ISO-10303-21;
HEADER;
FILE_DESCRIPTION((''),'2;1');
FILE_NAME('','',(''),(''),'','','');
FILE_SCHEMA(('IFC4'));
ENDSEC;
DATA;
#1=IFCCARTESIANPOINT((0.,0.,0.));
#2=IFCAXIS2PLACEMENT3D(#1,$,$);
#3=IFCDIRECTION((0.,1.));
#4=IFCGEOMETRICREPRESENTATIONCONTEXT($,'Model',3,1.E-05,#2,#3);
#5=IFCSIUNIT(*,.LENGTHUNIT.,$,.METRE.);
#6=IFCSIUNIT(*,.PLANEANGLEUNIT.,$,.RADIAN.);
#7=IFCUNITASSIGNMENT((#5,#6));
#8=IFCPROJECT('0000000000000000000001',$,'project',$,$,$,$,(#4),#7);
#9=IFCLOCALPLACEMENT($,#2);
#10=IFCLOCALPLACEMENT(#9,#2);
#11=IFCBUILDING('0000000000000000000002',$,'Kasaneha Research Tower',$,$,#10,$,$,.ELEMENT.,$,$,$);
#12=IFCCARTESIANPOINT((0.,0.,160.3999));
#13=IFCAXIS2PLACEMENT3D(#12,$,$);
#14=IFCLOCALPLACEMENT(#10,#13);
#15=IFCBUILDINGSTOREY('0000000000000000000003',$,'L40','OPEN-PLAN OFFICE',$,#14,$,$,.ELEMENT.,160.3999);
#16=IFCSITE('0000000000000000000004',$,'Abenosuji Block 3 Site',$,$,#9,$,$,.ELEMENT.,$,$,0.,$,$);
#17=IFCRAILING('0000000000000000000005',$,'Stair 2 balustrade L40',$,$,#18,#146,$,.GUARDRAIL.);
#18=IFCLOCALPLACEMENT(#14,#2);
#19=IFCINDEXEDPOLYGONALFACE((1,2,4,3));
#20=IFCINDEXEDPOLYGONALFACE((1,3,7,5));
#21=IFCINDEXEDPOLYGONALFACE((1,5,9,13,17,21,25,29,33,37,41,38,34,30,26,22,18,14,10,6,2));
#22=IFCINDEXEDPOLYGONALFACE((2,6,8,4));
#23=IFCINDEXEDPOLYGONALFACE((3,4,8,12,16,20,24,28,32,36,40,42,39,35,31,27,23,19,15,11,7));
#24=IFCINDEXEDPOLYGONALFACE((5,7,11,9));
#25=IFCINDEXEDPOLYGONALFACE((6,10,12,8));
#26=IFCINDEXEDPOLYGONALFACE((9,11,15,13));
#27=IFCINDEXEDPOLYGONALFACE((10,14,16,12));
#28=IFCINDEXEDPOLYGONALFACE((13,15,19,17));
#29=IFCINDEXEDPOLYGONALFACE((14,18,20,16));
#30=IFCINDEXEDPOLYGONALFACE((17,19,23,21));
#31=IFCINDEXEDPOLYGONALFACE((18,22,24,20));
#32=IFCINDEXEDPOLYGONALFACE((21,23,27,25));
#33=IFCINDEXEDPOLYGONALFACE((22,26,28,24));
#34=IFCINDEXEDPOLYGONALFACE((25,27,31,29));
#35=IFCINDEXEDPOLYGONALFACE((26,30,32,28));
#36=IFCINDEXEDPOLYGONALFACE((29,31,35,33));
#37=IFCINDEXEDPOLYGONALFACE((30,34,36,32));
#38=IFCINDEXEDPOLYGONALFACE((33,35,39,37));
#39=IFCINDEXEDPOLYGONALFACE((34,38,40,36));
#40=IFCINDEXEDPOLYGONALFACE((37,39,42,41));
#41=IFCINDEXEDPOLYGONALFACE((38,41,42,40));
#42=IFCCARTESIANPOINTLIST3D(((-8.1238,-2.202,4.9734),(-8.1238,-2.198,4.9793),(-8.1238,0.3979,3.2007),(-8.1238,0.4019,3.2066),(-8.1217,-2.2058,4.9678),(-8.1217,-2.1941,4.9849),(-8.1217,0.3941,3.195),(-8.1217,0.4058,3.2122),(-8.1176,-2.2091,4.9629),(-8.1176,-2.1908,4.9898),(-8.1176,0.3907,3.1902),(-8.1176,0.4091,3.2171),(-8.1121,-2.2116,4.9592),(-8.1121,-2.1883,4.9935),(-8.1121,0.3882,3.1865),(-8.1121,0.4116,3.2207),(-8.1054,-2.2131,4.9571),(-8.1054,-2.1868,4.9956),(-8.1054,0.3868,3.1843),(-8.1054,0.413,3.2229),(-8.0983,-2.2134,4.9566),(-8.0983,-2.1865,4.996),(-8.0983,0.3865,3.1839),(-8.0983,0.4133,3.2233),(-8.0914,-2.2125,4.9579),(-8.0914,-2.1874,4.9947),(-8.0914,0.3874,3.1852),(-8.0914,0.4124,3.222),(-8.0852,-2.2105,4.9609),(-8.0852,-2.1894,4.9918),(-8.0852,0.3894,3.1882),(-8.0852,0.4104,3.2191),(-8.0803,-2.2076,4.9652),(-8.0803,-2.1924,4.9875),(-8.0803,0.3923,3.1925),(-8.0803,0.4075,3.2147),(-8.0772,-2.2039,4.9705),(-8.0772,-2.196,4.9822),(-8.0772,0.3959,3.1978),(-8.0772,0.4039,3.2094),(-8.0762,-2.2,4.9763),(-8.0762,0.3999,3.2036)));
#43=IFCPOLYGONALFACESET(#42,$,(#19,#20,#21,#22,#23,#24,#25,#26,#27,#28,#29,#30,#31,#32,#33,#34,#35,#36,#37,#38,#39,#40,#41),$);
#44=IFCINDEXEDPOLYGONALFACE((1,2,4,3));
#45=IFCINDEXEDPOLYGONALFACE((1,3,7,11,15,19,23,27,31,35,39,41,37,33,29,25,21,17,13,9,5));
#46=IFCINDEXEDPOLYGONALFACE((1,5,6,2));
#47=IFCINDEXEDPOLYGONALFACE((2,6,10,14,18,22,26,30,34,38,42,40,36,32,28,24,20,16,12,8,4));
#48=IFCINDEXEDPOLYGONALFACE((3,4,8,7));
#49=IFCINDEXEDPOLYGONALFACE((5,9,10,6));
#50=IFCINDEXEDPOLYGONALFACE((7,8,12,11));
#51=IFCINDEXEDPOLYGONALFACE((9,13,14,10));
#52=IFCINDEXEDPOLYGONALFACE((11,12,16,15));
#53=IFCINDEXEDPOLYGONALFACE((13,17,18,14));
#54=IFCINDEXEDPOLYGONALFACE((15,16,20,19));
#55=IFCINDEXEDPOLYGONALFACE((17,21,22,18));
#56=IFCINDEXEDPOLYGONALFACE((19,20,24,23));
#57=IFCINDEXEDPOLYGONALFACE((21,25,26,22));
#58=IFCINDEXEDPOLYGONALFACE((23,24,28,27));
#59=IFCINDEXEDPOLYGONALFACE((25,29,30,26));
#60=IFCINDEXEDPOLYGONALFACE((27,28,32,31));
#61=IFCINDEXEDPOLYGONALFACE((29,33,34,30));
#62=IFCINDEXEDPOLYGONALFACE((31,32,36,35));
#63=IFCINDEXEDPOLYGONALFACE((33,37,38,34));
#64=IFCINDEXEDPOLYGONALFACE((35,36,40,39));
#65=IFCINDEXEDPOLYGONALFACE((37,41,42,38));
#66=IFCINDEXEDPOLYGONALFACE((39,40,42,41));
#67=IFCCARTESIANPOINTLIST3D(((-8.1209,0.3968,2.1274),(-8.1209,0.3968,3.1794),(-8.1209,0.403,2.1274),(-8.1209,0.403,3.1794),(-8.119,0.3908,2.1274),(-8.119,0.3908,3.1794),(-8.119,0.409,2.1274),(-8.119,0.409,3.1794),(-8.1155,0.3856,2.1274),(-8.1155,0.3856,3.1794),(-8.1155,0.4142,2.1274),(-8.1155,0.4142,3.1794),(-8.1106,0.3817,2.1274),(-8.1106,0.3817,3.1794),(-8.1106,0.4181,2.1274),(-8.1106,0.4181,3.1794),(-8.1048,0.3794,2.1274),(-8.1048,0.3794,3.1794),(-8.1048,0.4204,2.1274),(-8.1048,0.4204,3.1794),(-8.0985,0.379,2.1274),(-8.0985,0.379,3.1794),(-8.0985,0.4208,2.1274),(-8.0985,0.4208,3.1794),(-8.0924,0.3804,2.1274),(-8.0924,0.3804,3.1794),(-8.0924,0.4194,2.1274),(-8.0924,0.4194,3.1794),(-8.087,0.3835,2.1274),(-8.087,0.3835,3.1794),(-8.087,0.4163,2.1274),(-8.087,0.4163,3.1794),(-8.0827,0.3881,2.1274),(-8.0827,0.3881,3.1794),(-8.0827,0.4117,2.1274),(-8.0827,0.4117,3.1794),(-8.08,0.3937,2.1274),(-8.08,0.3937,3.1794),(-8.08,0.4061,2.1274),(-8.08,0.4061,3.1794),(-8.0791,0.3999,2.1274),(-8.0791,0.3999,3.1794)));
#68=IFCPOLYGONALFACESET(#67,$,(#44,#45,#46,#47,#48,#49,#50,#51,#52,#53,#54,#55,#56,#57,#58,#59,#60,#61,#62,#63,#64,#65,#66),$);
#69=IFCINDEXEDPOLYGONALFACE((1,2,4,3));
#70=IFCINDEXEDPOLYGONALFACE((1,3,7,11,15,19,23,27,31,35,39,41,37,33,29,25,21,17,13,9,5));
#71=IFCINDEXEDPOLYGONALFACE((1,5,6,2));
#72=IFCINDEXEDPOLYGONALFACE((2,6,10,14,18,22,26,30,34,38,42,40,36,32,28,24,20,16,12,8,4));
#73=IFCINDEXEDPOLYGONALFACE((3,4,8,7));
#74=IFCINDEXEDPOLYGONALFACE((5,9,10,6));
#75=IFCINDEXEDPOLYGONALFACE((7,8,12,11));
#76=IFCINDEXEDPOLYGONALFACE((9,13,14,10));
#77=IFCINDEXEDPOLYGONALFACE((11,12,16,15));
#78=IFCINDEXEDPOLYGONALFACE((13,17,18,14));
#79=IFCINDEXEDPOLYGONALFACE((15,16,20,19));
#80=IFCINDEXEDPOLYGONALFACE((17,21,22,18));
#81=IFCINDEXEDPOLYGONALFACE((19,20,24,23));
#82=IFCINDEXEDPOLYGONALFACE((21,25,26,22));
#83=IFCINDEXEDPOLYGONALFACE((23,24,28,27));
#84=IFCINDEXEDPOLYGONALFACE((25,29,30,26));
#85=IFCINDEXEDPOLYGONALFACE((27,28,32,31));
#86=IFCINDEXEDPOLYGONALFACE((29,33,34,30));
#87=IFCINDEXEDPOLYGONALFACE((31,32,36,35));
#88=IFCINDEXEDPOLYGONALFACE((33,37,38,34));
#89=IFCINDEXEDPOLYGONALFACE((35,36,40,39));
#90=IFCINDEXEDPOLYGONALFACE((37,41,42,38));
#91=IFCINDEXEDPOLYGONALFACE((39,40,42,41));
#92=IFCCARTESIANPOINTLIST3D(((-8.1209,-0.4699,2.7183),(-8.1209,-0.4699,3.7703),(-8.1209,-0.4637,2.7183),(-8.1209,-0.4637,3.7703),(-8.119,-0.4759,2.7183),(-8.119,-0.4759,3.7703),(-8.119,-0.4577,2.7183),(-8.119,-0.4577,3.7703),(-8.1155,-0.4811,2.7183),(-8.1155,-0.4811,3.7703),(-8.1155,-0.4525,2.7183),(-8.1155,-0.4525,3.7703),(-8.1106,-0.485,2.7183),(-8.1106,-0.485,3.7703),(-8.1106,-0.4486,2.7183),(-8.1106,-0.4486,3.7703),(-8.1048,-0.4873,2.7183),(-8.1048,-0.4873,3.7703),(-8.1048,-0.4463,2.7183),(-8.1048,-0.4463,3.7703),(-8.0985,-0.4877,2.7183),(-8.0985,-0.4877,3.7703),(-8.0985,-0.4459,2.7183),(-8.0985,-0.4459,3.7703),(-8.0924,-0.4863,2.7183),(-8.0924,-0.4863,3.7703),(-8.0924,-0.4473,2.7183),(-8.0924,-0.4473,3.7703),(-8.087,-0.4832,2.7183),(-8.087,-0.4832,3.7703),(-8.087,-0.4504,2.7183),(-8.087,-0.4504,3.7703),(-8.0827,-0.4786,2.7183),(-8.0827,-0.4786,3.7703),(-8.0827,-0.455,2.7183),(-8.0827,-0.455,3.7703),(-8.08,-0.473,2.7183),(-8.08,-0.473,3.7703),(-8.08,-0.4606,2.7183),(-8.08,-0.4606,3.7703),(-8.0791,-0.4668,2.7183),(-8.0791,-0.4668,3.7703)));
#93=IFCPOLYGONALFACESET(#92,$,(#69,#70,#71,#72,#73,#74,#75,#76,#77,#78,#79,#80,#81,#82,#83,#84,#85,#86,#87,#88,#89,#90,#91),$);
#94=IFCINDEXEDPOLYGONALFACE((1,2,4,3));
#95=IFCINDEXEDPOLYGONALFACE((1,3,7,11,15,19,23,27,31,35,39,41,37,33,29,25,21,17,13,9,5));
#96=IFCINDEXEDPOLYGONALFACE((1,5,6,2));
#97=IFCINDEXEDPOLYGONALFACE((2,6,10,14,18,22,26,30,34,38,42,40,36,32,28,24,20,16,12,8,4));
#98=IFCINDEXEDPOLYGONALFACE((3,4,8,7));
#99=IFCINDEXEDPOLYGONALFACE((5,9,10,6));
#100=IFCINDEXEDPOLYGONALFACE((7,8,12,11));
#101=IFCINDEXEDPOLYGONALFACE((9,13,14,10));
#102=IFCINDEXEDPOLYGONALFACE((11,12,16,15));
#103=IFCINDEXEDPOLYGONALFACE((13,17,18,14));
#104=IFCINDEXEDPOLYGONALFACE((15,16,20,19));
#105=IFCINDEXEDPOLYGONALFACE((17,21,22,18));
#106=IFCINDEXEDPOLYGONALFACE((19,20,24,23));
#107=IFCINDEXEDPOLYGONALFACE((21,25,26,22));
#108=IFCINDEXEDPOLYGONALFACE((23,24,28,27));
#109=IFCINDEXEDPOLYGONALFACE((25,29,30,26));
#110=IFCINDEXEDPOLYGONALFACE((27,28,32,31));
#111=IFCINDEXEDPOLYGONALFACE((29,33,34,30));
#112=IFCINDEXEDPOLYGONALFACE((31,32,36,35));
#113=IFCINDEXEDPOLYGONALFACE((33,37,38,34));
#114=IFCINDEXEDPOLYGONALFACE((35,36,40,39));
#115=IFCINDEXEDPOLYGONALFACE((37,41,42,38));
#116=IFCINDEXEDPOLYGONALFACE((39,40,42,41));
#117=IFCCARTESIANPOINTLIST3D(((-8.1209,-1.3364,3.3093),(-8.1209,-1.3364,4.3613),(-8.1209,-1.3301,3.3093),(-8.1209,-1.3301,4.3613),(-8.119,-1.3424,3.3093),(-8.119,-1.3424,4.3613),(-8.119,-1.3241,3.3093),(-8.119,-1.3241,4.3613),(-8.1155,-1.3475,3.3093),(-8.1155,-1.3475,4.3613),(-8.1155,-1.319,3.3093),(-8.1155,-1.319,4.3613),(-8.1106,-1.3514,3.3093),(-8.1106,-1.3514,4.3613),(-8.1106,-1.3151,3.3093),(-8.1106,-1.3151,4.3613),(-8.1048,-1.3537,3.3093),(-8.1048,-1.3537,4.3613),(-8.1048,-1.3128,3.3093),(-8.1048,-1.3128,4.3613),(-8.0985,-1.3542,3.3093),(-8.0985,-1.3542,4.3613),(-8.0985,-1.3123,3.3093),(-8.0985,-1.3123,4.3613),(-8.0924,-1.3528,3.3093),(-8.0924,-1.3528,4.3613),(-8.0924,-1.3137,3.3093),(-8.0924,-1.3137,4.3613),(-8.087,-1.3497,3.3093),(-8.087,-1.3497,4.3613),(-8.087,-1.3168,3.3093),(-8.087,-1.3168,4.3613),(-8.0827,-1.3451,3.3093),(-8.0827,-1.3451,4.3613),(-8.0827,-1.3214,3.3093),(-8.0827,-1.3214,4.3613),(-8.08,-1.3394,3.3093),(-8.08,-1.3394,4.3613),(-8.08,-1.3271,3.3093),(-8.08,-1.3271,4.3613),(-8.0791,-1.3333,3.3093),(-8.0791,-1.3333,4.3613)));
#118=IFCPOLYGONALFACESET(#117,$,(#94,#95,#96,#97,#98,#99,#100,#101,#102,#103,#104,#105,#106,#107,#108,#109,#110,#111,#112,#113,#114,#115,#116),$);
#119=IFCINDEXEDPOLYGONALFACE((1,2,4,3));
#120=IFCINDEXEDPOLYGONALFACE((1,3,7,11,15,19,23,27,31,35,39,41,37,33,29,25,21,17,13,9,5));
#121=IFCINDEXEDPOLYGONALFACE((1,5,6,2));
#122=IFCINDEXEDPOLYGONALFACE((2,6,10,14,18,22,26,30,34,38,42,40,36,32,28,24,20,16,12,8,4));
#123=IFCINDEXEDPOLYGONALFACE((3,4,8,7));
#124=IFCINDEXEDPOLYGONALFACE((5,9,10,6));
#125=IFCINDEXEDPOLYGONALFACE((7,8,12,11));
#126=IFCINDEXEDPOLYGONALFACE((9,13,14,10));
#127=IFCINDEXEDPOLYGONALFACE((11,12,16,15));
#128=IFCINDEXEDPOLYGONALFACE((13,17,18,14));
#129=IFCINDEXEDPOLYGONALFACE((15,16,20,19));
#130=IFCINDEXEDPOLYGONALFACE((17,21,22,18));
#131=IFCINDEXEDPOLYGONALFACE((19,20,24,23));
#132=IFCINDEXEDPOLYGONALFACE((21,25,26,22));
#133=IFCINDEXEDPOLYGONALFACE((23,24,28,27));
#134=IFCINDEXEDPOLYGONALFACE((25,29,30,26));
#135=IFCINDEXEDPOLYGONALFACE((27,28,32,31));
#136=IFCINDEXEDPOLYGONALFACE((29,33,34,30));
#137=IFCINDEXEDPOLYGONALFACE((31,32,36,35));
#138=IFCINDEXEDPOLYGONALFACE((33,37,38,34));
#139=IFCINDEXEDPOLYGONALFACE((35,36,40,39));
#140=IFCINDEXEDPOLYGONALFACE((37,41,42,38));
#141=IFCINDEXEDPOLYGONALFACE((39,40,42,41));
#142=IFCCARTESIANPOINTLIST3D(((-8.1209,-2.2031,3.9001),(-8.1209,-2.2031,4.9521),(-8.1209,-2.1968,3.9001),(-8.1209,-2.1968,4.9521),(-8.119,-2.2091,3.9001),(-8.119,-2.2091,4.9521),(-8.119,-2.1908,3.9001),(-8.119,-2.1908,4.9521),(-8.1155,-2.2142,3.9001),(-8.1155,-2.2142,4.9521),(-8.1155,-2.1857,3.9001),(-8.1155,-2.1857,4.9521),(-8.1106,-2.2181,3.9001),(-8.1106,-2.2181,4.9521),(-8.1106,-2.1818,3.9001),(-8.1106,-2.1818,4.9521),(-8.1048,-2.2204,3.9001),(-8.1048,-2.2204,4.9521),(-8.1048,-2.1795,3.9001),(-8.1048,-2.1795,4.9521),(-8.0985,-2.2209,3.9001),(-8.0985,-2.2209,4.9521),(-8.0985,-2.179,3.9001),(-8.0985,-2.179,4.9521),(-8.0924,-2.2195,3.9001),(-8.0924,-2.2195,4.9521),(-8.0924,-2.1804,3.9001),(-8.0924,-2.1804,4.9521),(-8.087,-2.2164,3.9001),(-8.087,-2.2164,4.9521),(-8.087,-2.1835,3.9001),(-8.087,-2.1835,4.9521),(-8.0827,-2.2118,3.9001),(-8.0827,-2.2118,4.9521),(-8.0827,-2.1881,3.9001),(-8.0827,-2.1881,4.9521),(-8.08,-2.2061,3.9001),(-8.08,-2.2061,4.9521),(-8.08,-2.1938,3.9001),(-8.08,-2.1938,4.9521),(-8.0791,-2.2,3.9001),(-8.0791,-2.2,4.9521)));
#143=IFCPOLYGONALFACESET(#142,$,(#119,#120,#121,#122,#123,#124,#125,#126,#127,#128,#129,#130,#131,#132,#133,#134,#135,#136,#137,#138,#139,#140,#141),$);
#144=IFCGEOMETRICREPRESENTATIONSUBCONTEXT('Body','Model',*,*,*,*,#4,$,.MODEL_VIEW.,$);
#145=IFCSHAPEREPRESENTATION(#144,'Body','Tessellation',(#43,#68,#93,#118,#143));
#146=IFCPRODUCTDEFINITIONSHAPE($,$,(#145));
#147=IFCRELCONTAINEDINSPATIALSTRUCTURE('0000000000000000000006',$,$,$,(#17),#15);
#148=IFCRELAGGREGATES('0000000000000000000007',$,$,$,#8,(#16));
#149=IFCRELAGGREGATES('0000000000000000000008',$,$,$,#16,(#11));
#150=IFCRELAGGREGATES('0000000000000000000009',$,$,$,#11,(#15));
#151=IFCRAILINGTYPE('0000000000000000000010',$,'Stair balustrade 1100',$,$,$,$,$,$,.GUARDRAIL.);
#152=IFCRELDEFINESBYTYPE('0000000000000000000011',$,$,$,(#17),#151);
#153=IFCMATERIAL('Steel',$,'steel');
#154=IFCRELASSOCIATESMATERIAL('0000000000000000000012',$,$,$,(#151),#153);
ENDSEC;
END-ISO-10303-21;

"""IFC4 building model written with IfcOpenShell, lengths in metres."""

from ifc_helpers import new_model, si_unit, direction, frame, origin, origin_2d, place, context, subcontext, project, spatial, circle, extrude, material, type_object, element, save


model = new_model("IFC4")

# Units and contexts
model_context = context("Model", 3, precision=1e-05, world=origin(), true_north=direction((0.0, 1.0)))
body_context = subcontext(model_context, "Body", "Model", "MODEL_VIEW")
ifc_project = project(units=[si_unit("LENGTHUNIT", "METRE"), si_unit("PLANEANGLEUNIT", "RADIAN")], contexts=[model_context])

# Site, building, storey
site_placement = place(None, origin())
site = spatial("IfcSite", under=ifc_project, at=site_placement, Name="Abenosuji Block 3 Site", CompositionType="ELEMENT", RefElevation=0.0)
building_placement = place(site_placement, origin())
building = spatial("IfcBuilding", under=site, at=building_placement, Name="Kasaneha Research Tower", CompositionType="ELEMENT")
storey_placement = place(building_placement, frame((0.0, 0.0, 160.3999)))
storey = spatial("IfcBuildingStorey", under=building, at=storey_placement, Name="L40", Description="OPEN-PLAN OFFICE", CompositionType="ELEMENT", Elevation=160.3999)

# Railing
ifc_material_1 = material(Name="Steel", Category="steel")
railing_type_1 = type_object("IfcRailingType", Name="Stair balustrade 1100", PredefinedType="GUARDRAIL", material=ifc_material_1)
railing_1_placement = place(storey_placement, frame((-8.1001, 0.3999, 2.1274)))
element("IfcRailing", 1, at=railing_1_placement, inside=storey, type_object=railing_type_1, Name="Stair 2 balustrade L40", PredefinedType="GUARDRAIL", context=body_context, shape_type="SweptSolid", body=[
    extrude(circle(Radius=0.0239, at=origin_2d()), frame((0.0, 0.0, 1.0762), z_axis=(0.0, -0.826216, 0.563354), x_axis=(1.0, 0.0, 0.0)), (0.0, 0.0, 1.0), 3.1467),
    extrude(circle(Radius=0.021, at=origin_2d()), origin(), (0.0, 0.0, 1.0), 1.052),
    extrude(circle(Radius=0.021, at=origin_2d()), frame((0.0, -0.8667, 0.5908)), (0.0, 0.0, 1.0), 1.052),
    extrude(circle(Radius=0.021, at=origin_2d()), frame((0.0, -1.7332, 1.1819)), (0.0, 0.0, 1.0), 1.052),
    extrude(circle(Radius=0.021, at=origin_2d()), frame((0.0, -2.5999, 1.7727)), (0.0, 0.0, 1.0), 1.052),
])

save(model, "model.ifc")
